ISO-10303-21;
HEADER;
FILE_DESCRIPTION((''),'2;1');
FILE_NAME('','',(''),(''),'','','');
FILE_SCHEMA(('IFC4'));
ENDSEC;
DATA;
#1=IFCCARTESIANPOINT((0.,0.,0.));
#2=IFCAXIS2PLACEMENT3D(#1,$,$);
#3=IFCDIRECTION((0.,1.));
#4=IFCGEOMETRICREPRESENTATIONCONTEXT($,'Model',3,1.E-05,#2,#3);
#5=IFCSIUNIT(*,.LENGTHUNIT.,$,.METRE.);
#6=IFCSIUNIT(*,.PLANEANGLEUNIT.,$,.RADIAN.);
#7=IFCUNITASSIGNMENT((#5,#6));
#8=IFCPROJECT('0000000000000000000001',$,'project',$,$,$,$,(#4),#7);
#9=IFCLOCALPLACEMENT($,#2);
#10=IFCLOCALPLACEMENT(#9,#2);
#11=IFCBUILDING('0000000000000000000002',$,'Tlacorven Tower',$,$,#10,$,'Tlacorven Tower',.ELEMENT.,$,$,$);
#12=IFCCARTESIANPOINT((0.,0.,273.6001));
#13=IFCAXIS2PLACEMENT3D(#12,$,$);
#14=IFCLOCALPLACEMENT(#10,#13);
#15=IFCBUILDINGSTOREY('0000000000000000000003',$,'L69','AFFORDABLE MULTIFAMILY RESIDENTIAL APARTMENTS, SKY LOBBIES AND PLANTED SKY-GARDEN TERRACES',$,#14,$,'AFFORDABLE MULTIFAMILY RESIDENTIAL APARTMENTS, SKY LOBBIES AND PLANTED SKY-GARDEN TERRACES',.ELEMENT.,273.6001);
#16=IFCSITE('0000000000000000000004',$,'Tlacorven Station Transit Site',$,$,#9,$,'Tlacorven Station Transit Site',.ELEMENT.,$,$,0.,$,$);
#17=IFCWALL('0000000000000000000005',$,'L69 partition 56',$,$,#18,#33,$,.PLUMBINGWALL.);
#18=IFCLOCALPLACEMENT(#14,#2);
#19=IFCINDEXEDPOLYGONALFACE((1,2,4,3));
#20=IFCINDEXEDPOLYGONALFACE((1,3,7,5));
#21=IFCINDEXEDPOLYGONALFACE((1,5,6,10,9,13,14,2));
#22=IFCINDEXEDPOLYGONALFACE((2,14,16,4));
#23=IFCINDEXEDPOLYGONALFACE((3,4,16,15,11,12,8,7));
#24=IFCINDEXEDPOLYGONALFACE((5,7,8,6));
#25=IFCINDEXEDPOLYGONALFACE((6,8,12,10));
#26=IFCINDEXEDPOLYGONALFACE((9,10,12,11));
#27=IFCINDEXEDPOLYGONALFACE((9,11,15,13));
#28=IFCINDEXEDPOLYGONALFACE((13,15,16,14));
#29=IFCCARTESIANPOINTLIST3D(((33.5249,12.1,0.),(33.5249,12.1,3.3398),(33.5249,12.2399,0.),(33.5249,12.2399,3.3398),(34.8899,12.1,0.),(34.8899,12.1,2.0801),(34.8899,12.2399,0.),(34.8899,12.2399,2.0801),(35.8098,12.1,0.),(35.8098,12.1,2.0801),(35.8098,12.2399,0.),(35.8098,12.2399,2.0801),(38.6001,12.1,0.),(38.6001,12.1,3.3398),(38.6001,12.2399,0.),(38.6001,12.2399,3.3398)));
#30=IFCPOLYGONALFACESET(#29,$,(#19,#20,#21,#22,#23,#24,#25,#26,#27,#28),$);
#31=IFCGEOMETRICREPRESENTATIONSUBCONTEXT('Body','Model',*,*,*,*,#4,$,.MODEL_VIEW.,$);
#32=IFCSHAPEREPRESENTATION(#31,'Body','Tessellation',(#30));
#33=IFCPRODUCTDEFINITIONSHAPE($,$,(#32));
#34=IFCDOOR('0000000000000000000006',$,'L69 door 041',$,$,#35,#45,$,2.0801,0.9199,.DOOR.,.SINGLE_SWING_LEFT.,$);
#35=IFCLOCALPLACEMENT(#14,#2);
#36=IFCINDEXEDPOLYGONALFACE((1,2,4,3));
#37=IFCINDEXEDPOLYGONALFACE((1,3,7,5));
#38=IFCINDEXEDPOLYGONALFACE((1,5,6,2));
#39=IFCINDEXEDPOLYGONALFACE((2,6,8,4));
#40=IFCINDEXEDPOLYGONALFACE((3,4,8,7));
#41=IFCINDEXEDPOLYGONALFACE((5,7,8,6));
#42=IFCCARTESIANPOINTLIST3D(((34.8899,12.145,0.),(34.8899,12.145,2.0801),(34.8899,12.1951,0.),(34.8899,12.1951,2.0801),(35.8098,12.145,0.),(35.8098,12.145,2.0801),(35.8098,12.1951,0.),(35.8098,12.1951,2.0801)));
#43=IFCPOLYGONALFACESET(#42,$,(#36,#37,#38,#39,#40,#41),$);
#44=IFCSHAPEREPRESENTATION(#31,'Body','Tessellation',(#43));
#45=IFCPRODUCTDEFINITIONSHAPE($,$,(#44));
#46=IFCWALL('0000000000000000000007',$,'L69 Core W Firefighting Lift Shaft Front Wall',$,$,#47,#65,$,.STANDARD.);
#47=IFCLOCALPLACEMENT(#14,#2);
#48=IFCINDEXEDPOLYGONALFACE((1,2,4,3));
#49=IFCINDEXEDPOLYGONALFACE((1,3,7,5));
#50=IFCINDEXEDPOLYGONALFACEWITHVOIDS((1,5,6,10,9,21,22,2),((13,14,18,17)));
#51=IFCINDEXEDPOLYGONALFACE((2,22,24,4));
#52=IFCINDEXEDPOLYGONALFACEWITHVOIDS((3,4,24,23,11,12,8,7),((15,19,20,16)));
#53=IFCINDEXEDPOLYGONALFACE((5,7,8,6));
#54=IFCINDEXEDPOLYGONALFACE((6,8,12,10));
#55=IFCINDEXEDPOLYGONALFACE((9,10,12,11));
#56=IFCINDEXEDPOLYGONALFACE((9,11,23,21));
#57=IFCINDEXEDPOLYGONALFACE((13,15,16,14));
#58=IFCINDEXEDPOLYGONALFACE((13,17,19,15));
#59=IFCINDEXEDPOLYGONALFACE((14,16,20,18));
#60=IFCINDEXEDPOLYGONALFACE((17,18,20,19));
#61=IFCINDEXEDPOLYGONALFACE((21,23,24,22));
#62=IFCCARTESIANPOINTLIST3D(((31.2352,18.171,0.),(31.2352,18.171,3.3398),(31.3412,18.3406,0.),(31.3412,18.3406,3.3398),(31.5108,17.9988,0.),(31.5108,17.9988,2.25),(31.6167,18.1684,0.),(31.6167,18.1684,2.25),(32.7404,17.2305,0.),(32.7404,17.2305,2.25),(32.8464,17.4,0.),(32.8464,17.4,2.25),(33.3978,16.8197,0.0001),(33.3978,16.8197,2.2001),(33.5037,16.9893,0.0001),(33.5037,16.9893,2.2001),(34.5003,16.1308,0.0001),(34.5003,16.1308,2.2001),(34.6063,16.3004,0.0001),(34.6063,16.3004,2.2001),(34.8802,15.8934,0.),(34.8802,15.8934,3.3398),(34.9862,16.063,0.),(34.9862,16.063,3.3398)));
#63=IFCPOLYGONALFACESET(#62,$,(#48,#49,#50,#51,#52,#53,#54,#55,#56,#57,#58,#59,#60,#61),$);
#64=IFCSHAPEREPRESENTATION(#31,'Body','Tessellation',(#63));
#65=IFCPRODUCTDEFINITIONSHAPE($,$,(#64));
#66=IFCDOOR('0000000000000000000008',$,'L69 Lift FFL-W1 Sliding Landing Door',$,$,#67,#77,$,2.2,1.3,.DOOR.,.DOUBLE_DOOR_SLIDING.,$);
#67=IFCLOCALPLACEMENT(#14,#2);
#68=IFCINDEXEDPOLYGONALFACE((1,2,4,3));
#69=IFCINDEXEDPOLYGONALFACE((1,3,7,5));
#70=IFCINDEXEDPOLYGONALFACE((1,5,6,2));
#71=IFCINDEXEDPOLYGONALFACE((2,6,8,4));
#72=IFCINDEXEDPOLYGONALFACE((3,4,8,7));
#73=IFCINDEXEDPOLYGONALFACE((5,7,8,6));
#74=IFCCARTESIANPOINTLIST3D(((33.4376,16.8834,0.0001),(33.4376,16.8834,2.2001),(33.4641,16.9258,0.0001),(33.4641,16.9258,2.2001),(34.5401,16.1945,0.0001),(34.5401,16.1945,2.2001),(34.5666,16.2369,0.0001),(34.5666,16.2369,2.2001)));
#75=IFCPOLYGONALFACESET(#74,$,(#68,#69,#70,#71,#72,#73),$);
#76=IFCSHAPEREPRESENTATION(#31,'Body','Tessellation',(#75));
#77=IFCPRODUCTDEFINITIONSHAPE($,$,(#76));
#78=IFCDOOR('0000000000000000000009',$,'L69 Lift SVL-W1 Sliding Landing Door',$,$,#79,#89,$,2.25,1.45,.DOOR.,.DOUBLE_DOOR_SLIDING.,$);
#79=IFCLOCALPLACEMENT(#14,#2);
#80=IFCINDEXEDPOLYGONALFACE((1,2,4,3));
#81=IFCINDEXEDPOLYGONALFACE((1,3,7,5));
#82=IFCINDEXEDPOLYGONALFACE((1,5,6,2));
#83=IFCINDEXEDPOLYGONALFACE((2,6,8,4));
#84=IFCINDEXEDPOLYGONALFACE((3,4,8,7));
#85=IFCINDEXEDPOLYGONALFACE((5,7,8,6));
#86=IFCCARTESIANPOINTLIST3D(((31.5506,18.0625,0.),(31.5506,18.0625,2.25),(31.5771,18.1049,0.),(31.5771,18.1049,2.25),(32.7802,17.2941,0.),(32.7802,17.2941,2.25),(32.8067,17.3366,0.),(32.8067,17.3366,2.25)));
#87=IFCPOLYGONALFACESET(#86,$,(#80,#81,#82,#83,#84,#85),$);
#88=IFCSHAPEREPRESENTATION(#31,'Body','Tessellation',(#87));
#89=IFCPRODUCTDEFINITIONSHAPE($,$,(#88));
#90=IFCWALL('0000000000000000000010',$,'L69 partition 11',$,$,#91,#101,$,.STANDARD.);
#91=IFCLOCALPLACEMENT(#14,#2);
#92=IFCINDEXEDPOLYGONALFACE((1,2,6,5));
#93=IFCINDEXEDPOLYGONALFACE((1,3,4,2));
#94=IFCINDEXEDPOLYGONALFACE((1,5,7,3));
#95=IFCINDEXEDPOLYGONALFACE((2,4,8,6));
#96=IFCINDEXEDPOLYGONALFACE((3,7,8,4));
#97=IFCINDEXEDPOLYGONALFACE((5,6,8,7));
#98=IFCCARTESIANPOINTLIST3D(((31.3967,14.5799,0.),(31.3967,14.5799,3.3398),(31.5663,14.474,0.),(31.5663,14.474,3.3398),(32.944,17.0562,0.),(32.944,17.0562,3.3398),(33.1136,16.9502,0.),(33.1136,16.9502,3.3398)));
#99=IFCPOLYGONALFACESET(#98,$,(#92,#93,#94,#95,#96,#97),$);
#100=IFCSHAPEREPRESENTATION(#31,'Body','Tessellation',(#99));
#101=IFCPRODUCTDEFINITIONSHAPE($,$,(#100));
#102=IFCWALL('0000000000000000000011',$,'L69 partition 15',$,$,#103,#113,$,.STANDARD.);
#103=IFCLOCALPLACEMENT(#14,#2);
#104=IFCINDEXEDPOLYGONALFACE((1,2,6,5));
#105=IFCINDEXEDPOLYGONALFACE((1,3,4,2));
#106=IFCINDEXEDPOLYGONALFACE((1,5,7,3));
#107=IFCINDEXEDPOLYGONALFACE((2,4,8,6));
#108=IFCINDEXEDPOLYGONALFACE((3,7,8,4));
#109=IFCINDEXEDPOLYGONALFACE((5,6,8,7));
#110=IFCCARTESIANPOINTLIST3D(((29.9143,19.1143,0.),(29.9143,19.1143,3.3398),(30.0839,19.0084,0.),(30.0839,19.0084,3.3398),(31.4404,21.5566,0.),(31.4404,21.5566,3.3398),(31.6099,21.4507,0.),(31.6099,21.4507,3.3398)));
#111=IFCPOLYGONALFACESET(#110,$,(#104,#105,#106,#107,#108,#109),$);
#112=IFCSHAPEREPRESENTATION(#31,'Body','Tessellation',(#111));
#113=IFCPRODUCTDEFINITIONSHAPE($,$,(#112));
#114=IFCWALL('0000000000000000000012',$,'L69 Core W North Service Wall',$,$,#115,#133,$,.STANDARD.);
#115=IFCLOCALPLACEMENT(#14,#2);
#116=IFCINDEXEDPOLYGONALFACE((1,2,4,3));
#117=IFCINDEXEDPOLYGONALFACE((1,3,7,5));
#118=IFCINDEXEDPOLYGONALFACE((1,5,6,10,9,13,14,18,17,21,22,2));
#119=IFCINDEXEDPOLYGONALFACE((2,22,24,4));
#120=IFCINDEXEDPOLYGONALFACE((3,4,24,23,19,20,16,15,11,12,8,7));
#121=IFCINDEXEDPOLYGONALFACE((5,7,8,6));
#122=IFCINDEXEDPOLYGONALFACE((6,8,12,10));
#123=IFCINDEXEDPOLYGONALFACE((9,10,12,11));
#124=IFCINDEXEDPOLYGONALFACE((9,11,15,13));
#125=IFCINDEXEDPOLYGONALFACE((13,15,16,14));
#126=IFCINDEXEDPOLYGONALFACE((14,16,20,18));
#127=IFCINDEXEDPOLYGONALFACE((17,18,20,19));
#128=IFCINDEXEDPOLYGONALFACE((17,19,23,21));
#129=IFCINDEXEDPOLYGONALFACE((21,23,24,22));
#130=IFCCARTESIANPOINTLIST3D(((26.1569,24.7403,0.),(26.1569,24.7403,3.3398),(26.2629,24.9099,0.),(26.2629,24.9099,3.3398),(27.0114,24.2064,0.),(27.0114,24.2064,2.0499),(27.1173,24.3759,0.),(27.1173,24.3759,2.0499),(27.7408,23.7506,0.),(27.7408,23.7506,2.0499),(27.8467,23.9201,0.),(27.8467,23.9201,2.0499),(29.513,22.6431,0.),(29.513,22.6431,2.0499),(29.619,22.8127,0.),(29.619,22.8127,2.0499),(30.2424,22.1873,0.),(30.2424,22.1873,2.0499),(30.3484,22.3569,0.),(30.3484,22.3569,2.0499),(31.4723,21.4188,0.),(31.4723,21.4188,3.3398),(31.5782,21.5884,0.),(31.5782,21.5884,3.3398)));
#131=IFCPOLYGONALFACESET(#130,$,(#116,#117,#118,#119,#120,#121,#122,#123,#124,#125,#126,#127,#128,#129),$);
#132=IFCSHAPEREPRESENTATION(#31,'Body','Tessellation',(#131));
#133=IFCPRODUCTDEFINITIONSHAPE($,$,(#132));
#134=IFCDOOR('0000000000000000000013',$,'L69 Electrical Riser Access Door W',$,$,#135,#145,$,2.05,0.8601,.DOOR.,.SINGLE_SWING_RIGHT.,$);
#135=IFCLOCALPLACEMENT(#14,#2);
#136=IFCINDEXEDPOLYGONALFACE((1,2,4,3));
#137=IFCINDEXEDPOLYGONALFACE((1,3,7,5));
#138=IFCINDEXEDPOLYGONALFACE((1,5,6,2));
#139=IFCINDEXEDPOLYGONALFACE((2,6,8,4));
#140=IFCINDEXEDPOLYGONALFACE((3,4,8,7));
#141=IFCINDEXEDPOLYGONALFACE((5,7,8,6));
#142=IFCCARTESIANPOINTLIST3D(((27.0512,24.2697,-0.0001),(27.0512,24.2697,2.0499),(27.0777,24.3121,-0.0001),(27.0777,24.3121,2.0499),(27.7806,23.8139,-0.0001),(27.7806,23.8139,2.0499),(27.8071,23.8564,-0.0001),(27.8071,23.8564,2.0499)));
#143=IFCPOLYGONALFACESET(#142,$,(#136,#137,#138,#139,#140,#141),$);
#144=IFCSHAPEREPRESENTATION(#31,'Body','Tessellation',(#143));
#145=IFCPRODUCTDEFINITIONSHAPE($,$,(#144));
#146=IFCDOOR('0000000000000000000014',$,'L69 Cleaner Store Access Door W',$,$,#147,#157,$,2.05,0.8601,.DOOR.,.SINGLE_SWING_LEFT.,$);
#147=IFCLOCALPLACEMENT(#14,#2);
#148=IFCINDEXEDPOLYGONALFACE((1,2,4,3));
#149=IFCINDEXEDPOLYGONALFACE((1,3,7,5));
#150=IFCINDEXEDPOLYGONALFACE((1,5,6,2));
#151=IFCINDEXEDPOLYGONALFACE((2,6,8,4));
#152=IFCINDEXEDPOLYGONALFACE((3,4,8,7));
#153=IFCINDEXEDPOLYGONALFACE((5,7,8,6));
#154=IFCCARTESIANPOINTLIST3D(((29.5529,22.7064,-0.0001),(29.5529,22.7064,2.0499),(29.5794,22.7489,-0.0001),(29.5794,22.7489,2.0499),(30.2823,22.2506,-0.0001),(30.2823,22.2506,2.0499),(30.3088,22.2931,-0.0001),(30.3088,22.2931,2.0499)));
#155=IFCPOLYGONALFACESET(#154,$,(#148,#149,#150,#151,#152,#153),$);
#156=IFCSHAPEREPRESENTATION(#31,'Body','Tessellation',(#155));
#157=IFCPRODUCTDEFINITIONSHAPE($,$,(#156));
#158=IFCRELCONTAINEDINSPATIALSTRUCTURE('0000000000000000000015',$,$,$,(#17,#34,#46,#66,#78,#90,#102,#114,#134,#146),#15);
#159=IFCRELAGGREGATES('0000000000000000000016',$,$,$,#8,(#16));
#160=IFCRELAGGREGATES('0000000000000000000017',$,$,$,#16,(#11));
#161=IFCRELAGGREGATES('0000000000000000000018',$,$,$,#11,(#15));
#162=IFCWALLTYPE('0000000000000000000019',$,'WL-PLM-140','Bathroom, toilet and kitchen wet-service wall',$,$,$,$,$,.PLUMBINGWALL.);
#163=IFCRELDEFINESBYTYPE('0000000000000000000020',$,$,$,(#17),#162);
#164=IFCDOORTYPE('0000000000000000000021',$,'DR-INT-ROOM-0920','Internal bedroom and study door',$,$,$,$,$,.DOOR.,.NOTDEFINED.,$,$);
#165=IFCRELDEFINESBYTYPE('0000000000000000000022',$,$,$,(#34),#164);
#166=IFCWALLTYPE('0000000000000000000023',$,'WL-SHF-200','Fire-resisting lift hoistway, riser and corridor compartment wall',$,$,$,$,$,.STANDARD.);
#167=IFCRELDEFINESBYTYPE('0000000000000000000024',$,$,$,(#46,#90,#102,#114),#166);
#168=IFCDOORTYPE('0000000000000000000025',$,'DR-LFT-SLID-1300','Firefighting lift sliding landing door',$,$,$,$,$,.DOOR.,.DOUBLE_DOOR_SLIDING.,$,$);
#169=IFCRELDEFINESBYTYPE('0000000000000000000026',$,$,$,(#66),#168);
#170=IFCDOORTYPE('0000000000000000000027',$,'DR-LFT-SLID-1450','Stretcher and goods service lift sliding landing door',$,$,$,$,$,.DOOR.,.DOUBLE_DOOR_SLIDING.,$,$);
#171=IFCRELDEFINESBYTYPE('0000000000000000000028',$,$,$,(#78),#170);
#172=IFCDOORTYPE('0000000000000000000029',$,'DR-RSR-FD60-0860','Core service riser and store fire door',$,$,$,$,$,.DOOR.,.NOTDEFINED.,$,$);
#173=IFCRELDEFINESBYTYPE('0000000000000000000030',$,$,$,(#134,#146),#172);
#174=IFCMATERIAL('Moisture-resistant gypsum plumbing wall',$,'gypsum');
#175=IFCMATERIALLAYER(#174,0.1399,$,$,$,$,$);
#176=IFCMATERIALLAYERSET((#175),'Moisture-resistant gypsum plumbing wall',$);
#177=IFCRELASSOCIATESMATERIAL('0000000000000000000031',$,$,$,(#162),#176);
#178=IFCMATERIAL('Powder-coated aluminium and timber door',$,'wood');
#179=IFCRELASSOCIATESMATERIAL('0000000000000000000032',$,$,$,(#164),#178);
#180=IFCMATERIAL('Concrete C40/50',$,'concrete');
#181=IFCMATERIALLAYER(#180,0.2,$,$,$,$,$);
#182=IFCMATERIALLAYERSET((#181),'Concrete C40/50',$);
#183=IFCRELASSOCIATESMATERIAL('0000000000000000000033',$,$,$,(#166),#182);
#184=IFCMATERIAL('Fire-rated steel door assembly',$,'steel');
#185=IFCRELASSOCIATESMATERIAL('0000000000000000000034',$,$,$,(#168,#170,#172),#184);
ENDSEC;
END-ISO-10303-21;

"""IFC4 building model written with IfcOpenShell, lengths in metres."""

from ifc_helpers import new_model, si_unit, direction, frame, frame_2d, origin, place, context, subcontext, project, spatial, rectangle, extrude, source, transform, mapped, material, layer, layer_set, type_object, element, fill, save


model = new_model("IFC4")

# Units and contexts
model_context = context("Model", 3, precision=1e-05, world=origin(), true_north=direction((0.0, 1.0)))
body_context = subcontext(model_context, "Body", "Model", "MODEL_VIEW")
ifc_project = project(units=[si_unit("LENGTHUNIT", "METRE"), si_unit("PLANEANGLEUNIT", "RADIAN")], contexts=[model_context])

# Site, building, storey
site_placement = place(None, origin())
site = spatial("IfcSite", under=ifc_project, at=site_placement, Name="Tlacorven Station Transit Site", LongName="Tlacorven Station Transit Site", CompositionType="ELEMENT", RefElevation=0.0)
building_placement = place(site_placement, origin())
building = spatial("IfcBuilding", under=site, at=building_placement, Name="Tlacorven Tower", LongName="Tlacorven Tower", CompositionType="ELEMENT")
storey_placement = place(building_placement, frame((0.0, 0.0, 273.6001)))
storey = spatial("IfcBuildingStorey", under=building, at=storey_placement, Name="L69", Description="AFFORDABLE MULTIFAMILY RESIDENTIAL APARTMENTS, SKY LOBBIES AND PLANTED SKY-GARDEN TERRACES", LongName="AFFORDABLE MULTIFAMILY RESIDENTIAL APARTMENTS, SKY LOBBIES AND PLANTED SKY-GARDEN TERRACES", CompositionType="ELEMENT", Elevation=273.6001)

# Shared definitions
ifc_material_1 = material(Name="Fire-rated steel door assembly", Category="steel")
ifc_material_2 = material(Name="Moisture-resistant gypsum plumbing wall", Category="gypsum")
ifc_layer_1 = layer(ifc_material_2, 0.1399)
ifc_layer_set_1 = layer_set([ifc_layer_1], Name="Moisture-resistant gypsum plumbing wall")
wall_type_1 = type_object("IfcWallType", Name="WL-PLM-140", Description="Bathroom, toilet and kitchen wet-service wall", PredefinedType="PLUMBINGWALL", material=ifc_layer_set_1)
ifc_material_3 = material(Name="Powder-coated aluminium and timber door", Category="wood")

# Wall, opening, door
wall_1_placement = place(storey_placement, frame((33.5249, 12.1699, 0.0), z_axis=(0.0, 0.0, 1.0), x_axis=(1.0, 0.0, 0.0)))
wall_1 = element("IfcWall", 1, at=wall_1_placement, inside=storey, type_object=wall_type_1, Name="L69 partition 56", PredefinedType="PLUMBINGWALL", context=body_context, shape_type="SweptSolid", body=[
    extrude(rectangle(XDim=5.0752, YDim=0.1399, at=frame_2d((2.5376, 0.0))), origin(), (0.0, 0.0, 1.0), 3.3398),
])
opening_1_placement = place(wall_1_placement, frame((1.365, 0.0, 0.0)))
opening_1 = element("IfcOpeningElement", 2, at=opening_1_placement, cuts=wall_1, PredefinedType="OPENING", context=body_context, shape_type="SweptSolid", body=[
    extrude(rectangle(XDim=0.9199, YDim=2.0801, at=frame_2d((0.46, 1.04))), frame((0.0, 0.0801, 0.0), z_axis=(0.0, -1.0, 0.0), x_axis=(1.0, 0.0, 0.0)), (0.0, 0.0, 1.0), 0.1599),
])
door_type_1 = type_object("IfcDoorType", Name="DR-INT-ROOM-0920", Description="Internal bedroom and study door", OperationType="NOTDEFINED", PredefinedType="DOOR", material=ifc_material_3)
shared_shape_1 = source(origin(), body_context, "Body", "SweptSolid", [
    extrude(rectangle(XDim=0.9199, YDim=2.0801, at=frame_2d((0.46, 1.04))), frame((0.0, 0.0249, 0.0), z_axis=(0.0, -1.0, 0.0), x_axis=(1.0, 0.0, 0.0)), (0.0, 0.0, 1.0), 0.05),
])
door_1_placement = place(opening_1_placement, frame((0.9199, 0.0, 0.0), z_axis=(0.0, 0.0, 1.0), x_axis=(-1.0, 0.0, 0.0)))
door_1 = element("IfcDoor", 3, at=door_1_placement, inside=storey, type_object=door_type_1, Name="L69 door 041", OperationType="SINGLE_SWING_LEFT", OverallHeight=2.0801, OverallWidth=0.9199, PredefinedType="DOOR", context=body_context, shape_type="MappedRepresentation", body=[
    mapped(shared_shape_1, transform((0.0, 0.0, 0.0), scale=1.0)),
])
fill(opening_1, door_1)

# Wall, openings, doors
ifc_material_4 = material(Name="Concrete C40/50", Category="concrete")
ifc_layer_2 = layer(ifc_material_4, 0.2)
ifc_layer_set_2 = layer_set([ifc_layer_2], Name="Concrete C40/50")
wall_type_2 = type_object("IfcWallType", Name="WL-SHF-200", Description="Fire-resisting lift hoistway, riser and corridor compartment wall", PredefinedType="STANDARD", material=ifc_layer_set_2)
wall_2_placement = place(storey_placement, frame((34.9331, 15.9783, 0.0), z_axis=(0.0, 0.0, 1.0), x_axis=(-0.848056, 0.529907, 0.0)))
wall_2 = element("IfcWall", 4, at=wall_2_placement, inside=storey, type_object=wall_type_2, Name="L69 Core W Firefighting Lift Shaft Front Wall", PredefinedType="STANDARD", context=body_context, shape_type="SweptSolid", body=[
    extrude(rectangle(XDim=4.2981, YDim=0.2, at=frame_2d((2.1489, 0.0))), origin(), (0.0, 0.0, 1.0), 3.3398),
])
opening_2_placement = place(wall_2_placement, frame((0.448, 0.0, 0.0)))
opening_2 = element("IfcOpeningElement", 5, at=opening_2_placement, cuts=wall_2, PredefinedType="OPENING", context=body_context, shape_type="SweptSolid", body=[
    extrude(rectangle(XDim=1.3, YDim=2.2, at=frame_2d((0.6499, 1.1001))), frame((0.0, 0.1099, 0.0), z_axis=(0.0, -1.0, 0.0), x_axis=(1.0, 0.0, 0.0)), (0.0, 0.0, 1.0), 0.22),
])
opening_3_placement = place(wall_2_placement, frame((2.5229, 0.0, 0.0)))
opening_3 = element("IfcOpeningElement", 6, at=opening_3_placement, cuts=wall_2, PredefinedType="OPENING", context=body_context, shape_type="SweptSolid", body=[
    extrude(rectangle(XDim=1.45, YDim=2.25, at=frame_2d((0.7251, 1.125))), frame((0.0, 0.1099, 0.0), z_axis=(0.0, -1.0, 0.0), x_axis=(1.0, 0.0, 0.0)), (0.0, 0.0, 1.0), 0.22),
])
door_type_2 = type_object("IfcDoorType", Name="DR-LFT-SLID-1300", Description="Firefighting lift sliding landing door", OperationType="DOUBLE_DOOR_SLIDING", PredefinedType="DOOR", material=ifc_material_1)
shared_shape_2 = source(origin(), body_context, "Body", "SweptSolid", [
    extrude(rectangle(XDim=1.3, YDim=2.2, at=frame_2d((0.6499, 1.1001))), frame((0.0, 0.0249, 0.0), z_axis=(0.0, -1.0, 0.0), x_axis=(1.0, 0.0, 0.0)), (0.0, 0.0, 1.0), 0.05),
])
door_2_placement = place(opening_2_placement, origin())
door_2 = element("IfcDoor", 7, at=door_2_placement, inside=storey, type_object=door_type_2, Name="L69 Lift FFL-W1 Sliding Landing Door", OperationType="DOUBLE_DOOR_SLIDING", OverallHeight=2.2, OverallWidth=1.3, PredefinedType="DOOR", context=body_context, shape_type="MappedRepresentation", body=[
    mapped(shared_shape_2, transform((0.0, 0.0, 0.0), scale=1.0)),
])
fill(opening_2, door_2)
door_type_3 = type_object("IfcDoorType", Name="DR-LFT-SLID-1450", Description="Stretcher and goods service lift sliding landing door", OperationType="DOUBLE_DOOR_SLIDING", PredefinedType="DOOR", material=ifc_material_1)
shared_shape_3 = source(origin(), body_context, "Body", "SweptSolid", [
    extrude(rectangle(XDim=1.45, YDim=2.25, at=frame_2d((0.7251, 1.125))), frame((0.0, 0.0249, 0.0), z_axis=(0.0, -1.0, 0.0), x_axis=(1.0, 0.0, 0.0)), (0.0, 0.0, 1.0), 0.05),
])
door_3_placement = place(opening_3_placement, origin())
door_3 = element("IfcDoor", 8, at=door_3_placement, inside=storey, type_object=door_type_3, Name="L69 Lift SVL-W1 Sliding Landing Door", OperationType="DOUBLE_DOOR_SLIDING", OverallHeight=2.25, OverallWidth=1.45, PredefinedType="DOOR", context=body_context, shape_type="MappedRepresentation", body=[
    mapped(shared_shape_3, transform((0.0, 0.0, 0.0), scale=1.0)),
])
fill(opening_3, door_3)

# Walls
wall_3_placement = place(storey_placement, frame((33.0288, 17.0032, 0.0), z_axis=(0.0, 0.0, 1.0), x_axis=(-0.529916, -0.84805, 0.0)))
element("IfcWall", 9, at=wall_3_placement, inside=storey, type_object=wall_type_2, Name="L69 partition 11", PredefinedType="STANDARD", context=body_context, shape_type="SweptSolid", body=[
    extrude(rectangle(XDim=2.9199, YDim=0.2, at=frame_2d((1.46, 0.0))), origin(), (0.0, 0.0, 1.0), 3.3398),
])
wall_4_placement = place(storey_placement, frame((31.5251, 21.5037, 0.0), z_axis=(0.0, 0.0, 1.0), x_axis=(-0.529907, -0.848055, 0.0)))
element("IfcWall", 10, at=wall_4_placement, inside=storey, type_object=wall_type_2, Name="L69 partition 15", PredefinedType="STANDARD", context=body_context, shape_type="SweptSolid", body=[
    extrude(rectangle(XDim=2.8799, YDim=0.2, at=frame_2d((1.4399, 0.0))), origin(), (0.0, 0.0, 1.0), 3.3398),
])

# Wall, openings, doors
wall_5_placement = place(storey_placement, frame((31.5251, 21.5037, 0.0), z_axis=(0.0, 0.0, 1.0), x_axis=(-0.848042, 0.529929, 0.0)))
wall_5 = element("IfcWall", 11, at=wall_5_placement, inside=storey, type_object=wall_type_2, Name="L69 Core W North Service Wall", PredefinedType="STANDARD", context=body_context, shape_type="SweptSolid", body=[
    extrude(rectangle(XDim=6.2678, YDim=0.2, at=frame_2d((3.1338, 0.0))), origin(), (0.0, 0.0, 1.0), 3.3398),
])
opening_4_placement = place(wall_5_placement, frame((4.3999, 0.0, 0.0)))
opening_4 = element("IfcOpeningElement", 12, at=opening_4_placement, cuts=wall_5, PredefinedType="OPENING", context=body_context, shape_type="SweptSolid", body=[
    extrude(rectangle(XDim=0.8601, YDim=2.05, at=frame_2d((0.4302, 1.0249))), frame((0.0, 0.1099, 0.0), z_axis=(0.0, -1.0, 0.0), x_axis=(1.0, 0.0, 0.0)), (0.0, 0.0, 1.0), 0.22),
])
opening_5_placement = place(wall_5_placement, frame((1.45, 0.0, 0.0)))
opening_5 = element("IfcOpeningElement", 13, at=opening_5_placement, cuts=wall_5, PredefinedType="OPENING", context=body_context, shape_type="SweptSolid", body=[
    extrude(rectangle(XDim=0.8601, YDim=2.05, at=frame_2d((0.4302, 1.0249))), frame((0.0, 0.1099, 0.0), z_axis=(0.0, -1.0, 0.0), x_axis=(1.0, 0.0, 0.0)), (0.0, 0.0, 1.0), 0.22),
])
door_type_4 = type_object("IfcDoorType", Name="DR-RSR-FD60-0860", Description="Core service riser and store fire door", OperationType="NOTDEFINED", PredefinedType="DOOR", material=ifc_material_1)
shared_shape_4 = source(origin(), body_context, "Body", "SweptSolid", [
    extrude(rectangle(XDim=0.8601, YDim=2.05, at=frame_2d((0.4302, 1.0249))), frame((0.0, 0.0249, 0.0), z_axis=(0.0, -1.0, 0.0), x_axis=(1.0, 0.0, 0.0)), (0.0, 0.0, 1.0), 0.05),
])
door_4_placement = place(opening_4_placement, frame((0.8601, 0.0, 0.0), z_axis=(0.0, 0.0, 1.0), x_axis=(-1.0, 0.0, 0.0)))
door_4 = element("IfcDoor", 14, at=door_4_placement, inside=storey, type_object=door_type_4, Name="L69 Electrical Riser Access Door W", OperationType="SINGLE_SWING_RIGHT", OverallHeight=2.05, OverallWidth=0.8601, PredefinedType="DOOR", context=body_context, shape_type="MappedRepresentation", body=[
    mapped(shared_shape_4, transform((0.0, 0.0, 0.0), scale=1.0)),
])
fill(opening_4, door_4)
door_5_placement = place(opening_5_placement, frame((0.8601, 0.0, 0.0), z_axis=(0.0, 0.0, 1.0), x_axis=(-1.0, 0.0, 0.0)))
door_5 = element("IfcDoor", 15, at=door_5_placement, inside=storey, type_object=door_type_4, Name="L69 Cleaner Store Access Door W", OperationType="SINGLE_SWING_LEFT", OverallHeight=2.05, OverallWidth=0.8601, PredefinedType="DOOR", context=body_context, shape_type="MappedRepresentation", body=[
    mapped(shared_shape_4, transform((0.0, 0.0, 0.0), scale=1.0)),
])
fill(opening_5, door_5)

save(model, "model.ifc")
